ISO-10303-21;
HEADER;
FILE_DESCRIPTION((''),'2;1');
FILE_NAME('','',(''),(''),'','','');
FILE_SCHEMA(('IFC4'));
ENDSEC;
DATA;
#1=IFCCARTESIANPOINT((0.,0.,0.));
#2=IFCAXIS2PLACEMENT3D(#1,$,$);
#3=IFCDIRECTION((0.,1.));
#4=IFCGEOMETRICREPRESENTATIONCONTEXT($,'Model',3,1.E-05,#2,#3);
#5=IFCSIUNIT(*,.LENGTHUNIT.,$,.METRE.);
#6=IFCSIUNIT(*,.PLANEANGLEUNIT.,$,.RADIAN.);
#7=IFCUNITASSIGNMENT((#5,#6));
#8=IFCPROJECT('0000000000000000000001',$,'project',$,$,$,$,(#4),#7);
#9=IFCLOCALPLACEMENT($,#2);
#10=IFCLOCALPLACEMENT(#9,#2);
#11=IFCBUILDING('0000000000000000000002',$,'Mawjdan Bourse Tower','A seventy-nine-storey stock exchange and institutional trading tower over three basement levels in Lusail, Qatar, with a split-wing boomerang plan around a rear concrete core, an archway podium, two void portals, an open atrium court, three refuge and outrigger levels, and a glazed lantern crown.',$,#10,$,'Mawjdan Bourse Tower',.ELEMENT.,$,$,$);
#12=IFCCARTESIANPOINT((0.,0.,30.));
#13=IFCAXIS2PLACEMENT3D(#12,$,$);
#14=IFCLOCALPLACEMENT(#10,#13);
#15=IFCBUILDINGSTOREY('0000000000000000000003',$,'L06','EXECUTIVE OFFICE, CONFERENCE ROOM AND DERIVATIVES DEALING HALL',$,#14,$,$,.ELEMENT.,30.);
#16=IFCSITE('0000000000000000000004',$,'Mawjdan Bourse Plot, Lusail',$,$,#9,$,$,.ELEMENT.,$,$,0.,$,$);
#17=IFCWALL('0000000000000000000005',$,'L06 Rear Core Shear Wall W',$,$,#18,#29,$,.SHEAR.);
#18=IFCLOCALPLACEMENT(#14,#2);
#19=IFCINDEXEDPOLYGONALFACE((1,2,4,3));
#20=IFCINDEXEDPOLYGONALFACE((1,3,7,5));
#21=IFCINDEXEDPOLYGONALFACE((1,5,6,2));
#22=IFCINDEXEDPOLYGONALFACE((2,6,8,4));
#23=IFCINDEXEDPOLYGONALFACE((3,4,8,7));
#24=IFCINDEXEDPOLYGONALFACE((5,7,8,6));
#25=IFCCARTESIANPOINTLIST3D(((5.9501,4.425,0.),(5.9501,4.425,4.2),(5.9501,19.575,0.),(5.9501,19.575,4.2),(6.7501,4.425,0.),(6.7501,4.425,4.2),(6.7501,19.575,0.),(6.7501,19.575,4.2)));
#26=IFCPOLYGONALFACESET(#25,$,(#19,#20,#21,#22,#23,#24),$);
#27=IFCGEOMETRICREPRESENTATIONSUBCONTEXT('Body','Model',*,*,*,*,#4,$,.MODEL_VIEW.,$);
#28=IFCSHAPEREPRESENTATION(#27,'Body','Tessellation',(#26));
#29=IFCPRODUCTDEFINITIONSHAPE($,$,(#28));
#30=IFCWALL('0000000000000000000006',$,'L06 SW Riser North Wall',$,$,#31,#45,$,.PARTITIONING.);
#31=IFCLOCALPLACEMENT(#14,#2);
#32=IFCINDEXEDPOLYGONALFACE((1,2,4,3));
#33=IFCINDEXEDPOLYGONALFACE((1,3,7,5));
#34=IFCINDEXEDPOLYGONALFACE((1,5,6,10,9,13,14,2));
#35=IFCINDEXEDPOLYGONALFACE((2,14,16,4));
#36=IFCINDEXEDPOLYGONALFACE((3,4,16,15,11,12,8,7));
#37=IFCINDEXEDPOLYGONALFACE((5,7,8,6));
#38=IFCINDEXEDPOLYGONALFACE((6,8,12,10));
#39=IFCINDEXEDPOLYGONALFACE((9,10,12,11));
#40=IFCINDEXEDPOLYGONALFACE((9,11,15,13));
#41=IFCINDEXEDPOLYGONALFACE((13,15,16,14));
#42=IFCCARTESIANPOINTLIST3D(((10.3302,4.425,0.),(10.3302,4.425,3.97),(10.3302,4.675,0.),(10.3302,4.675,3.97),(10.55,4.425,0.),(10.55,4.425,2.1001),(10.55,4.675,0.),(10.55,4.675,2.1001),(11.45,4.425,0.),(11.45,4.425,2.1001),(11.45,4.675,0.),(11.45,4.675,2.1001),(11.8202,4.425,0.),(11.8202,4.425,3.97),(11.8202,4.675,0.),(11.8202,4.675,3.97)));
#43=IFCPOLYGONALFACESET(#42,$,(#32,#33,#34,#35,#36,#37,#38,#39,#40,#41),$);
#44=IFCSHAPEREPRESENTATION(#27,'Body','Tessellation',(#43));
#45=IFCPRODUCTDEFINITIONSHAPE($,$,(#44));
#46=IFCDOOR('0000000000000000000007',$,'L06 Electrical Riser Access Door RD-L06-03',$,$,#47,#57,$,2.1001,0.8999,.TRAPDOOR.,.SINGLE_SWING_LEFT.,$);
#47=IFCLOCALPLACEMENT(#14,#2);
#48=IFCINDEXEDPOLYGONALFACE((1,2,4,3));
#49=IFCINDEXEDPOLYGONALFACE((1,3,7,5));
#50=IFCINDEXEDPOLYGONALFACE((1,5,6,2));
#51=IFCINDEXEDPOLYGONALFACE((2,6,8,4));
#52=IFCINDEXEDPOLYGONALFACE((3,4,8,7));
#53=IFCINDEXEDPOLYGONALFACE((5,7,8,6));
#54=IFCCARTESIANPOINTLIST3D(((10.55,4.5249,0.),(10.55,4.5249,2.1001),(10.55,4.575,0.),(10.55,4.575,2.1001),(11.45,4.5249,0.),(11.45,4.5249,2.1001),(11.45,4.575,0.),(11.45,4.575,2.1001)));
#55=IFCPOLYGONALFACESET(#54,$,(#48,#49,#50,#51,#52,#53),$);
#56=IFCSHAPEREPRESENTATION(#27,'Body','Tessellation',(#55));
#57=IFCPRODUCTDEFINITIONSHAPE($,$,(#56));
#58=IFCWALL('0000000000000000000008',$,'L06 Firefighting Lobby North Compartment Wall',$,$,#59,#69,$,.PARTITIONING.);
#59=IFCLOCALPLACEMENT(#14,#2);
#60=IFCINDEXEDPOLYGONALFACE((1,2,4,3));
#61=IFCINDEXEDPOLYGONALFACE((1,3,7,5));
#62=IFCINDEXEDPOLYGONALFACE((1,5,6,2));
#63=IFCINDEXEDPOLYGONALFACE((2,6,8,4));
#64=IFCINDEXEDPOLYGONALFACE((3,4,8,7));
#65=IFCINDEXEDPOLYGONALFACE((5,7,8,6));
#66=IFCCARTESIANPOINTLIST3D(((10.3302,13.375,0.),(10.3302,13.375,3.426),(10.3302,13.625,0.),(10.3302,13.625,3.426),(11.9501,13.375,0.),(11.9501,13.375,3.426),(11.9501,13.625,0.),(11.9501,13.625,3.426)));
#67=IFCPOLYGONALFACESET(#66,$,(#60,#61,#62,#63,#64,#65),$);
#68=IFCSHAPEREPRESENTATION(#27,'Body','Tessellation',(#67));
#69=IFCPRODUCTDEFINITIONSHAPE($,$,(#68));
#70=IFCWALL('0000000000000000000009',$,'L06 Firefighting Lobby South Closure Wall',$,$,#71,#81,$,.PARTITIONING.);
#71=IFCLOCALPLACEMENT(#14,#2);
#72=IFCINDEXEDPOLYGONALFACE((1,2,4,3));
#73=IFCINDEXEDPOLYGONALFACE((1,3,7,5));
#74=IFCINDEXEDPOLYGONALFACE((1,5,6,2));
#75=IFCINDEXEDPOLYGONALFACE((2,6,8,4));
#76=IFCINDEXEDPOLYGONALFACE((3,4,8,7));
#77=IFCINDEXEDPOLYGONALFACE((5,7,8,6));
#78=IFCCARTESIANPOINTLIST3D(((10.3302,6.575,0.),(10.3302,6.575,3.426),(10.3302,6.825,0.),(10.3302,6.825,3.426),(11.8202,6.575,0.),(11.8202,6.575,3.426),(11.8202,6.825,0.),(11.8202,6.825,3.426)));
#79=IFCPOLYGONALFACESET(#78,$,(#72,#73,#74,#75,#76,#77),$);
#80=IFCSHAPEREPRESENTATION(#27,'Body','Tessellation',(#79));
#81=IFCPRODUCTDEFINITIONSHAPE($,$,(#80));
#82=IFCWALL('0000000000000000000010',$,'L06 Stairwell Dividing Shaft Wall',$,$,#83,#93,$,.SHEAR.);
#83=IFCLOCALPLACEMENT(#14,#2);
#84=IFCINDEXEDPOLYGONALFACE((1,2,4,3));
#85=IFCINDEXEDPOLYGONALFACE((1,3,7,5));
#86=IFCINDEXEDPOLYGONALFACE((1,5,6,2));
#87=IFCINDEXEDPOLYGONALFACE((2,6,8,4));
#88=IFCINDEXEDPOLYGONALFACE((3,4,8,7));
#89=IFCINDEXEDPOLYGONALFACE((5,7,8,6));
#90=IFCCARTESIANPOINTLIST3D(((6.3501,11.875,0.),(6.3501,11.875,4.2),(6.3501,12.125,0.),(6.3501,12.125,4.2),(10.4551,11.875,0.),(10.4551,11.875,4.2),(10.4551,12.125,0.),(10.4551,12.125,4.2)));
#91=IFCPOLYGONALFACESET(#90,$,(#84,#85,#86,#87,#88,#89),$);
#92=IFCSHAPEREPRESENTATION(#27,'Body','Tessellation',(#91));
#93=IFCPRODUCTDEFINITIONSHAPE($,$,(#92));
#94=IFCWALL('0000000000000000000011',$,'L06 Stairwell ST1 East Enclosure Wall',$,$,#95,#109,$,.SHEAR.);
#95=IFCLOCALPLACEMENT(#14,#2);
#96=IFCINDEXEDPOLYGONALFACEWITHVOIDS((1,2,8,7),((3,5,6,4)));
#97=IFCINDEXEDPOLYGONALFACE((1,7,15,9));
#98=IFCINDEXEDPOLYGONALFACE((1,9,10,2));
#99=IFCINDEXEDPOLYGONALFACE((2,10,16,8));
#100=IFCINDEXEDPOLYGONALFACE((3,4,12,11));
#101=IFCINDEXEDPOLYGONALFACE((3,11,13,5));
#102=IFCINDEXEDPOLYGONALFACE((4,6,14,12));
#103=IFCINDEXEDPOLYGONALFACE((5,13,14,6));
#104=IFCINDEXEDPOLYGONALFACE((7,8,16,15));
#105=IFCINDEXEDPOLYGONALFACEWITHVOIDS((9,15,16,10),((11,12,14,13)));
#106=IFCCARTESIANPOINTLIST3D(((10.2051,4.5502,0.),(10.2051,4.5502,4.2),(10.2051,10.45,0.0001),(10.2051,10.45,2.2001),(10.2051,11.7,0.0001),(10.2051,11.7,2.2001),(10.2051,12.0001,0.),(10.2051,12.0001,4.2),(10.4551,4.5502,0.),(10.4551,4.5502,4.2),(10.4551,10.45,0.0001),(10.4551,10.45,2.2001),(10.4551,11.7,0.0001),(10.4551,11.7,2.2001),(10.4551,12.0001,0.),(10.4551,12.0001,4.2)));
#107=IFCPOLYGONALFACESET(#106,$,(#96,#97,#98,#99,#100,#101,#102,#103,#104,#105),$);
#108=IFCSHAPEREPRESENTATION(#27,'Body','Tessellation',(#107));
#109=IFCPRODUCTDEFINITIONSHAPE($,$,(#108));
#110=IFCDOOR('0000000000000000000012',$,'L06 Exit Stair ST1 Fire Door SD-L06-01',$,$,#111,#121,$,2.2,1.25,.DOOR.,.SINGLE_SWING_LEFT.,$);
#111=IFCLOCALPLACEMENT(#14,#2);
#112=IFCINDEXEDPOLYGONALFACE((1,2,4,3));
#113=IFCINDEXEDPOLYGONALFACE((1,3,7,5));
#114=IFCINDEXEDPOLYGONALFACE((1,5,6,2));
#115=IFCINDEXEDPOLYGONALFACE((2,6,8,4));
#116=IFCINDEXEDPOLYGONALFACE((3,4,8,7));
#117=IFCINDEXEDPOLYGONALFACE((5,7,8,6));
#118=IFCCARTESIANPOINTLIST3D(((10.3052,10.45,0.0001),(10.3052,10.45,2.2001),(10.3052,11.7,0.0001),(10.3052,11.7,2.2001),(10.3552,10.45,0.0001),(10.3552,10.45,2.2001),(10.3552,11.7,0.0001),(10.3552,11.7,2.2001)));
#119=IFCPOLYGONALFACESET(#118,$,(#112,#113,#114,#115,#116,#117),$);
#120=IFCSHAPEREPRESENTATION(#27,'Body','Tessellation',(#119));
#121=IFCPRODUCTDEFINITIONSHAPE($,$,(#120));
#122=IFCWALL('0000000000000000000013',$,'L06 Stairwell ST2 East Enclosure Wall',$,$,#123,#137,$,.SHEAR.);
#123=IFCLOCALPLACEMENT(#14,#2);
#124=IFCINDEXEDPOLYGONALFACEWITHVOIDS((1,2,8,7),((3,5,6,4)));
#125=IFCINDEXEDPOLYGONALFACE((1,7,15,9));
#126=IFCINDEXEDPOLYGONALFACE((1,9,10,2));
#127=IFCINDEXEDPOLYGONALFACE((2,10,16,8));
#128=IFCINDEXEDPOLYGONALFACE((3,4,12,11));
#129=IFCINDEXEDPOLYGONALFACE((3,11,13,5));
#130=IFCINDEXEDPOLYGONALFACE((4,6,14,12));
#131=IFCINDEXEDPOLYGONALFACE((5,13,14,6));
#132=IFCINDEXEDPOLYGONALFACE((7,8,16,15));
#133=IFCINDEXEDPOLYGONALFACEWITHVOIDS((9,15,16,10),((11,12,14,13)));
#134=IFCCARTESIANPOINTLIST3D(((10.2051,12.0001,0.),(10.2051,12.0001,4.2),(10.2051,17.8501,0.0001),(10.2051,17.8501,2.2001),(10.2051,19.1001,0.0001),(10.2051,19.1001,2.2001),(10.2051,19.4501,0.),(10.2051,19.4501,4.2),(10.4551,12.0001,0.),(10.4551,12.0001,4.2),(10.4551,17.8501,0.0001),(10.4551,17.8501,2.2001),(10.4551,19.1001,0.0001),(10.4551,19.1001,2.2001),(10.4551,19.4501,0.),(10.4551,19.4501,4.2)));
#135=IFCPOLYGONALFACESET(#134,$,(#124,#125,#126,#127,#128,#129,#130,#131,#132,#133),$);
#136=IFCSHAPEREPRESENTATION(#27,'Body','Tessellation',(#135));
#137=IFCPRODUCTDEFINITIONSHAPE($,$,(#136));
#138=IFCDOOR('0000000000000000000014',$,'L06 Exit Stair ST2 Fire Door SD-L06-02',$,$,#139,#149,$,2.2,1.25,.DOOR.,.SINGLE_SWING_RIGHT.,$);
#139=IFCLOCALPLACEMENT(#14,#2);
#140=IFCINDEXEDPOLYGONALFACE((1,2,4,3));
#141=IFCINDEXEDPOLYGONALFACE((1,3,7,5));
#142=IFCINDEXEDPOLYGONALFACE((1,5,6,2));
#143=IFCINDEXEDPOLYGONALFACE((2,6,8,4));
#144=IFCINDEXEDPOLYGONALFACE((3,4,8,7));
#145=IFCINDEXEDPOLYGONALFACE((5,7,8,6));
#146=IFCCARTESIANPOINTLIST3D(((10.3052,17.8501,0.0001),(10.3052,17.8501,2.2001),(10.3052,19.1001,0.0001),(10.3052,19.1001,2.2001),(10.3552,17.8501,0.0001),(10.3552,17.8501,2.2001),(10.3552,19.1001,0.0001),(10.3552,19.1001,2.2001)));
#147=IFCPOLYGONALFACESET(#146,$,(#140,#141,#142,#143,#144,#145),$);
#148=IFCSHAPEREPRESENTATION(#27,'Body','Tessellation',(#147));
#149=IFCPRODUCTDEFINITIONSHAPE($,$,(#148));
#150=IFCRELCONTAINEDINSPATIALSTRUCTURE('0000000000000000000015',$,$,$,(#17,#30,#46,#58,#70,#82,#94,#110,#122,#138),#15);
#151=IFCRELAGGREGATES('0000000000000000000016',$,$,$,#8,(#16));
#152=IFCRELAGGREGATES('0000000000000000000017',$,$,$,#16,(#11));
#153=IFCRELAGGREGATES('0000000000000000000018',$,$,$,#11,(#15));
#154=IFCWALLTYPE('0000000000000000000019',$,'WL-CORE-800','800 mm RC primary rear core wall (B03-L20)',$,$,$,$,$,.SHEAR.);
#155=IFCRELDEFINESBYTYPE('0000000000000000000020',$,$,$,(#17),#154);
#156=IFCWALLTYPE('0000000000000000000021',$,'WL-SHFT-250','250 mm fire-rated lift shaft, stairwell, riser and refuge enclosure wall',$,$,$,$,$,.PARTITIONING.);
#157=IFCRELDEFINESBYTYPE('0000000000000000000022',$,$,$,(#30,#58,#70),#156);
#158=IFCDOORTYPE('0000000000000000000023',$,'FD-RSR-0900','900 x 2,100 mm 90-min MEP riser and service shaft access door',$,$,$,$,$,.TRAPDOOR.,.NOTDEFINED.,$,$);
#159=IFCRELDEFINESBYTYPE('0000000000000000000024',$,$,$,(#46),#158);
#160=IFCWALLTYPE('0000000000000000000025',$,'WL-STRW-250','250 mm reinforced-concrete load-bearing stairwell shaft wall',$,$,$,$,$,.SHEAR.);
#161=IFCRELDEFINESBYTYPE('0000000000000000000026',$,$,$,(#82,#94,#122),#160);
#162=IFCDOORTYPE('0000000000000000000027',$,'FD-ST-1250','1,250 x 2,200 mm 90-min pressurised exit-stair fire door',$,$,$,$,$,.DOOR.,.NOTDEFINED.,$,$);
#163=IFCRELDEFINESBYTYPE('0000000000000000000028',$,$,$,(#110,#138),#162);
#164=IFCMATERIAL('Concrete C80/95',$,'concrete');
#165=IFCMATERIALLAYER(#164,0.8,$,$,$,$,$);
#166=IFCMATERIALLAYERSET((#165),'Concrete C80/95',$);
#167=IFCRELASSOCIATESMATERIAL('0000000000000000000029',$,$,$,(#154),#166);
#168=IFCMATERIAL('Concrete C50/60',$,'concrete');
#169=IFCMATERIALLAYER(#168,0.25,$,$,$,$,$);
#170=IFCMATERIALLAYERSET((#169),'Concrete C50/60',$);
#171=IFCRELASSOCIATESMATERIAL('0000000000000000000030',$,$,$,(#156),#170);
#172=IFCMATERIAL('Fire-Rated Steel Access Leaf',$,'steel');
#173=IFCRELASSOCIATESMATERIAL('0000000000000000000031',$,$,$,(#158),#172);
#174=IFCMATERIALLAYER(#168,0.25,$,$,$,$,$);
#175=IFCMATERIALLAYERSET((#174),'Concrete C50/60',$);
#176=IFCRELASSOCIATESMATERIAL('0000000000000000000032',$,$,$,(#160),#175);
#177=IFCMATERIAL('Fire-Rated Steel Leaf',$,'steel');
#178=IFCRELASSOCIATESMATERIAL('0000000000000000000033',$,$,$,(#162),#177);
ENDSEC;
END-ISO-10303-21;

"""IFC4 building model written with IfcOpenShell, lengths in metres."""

from ifc_helpers import new_model, si_unit, direction, frame, frame_2d, origin, place, context, subcontext, project, spatial, rectangle, extrude, material, layer, layer_set, type_object, element, fill, save


model = new_model("IFC4")

# Units and contexts
model_context = context("Model", 3, precision=1e-05, world=origin(), true_north=direction((0.0, 1.0)))
body_context = subcontext(model_context, "Body", "Model", "MODEL_VIEW")
ifc_project = project(units=[si_unit("LENGTHUNIT", "METRE"), si_unit("PLANEANGLEUNIT", "RADIAN")], contexts=[model_context])

# Site, building, storey
site_placement = place(None, origin())
site = spatial("IfcSite", under=ifc_project, at=site_placement, Name="Mawjdan Bourse Plot, Lusail", CompositionType="ELEMENT", RefElevation=0.0)
building_placement = place(site_placement, origin())
building = spatial("IfcBuilding", under=site, at=building_placement, Name="Mawjdan Bourse Tower", Description="A seventy-nine-storey stock exchange and institutional trading tower over three basement levels in Lusail, Qatar, with a split-wing boomerang plan around a rear concrete core, an archway podium, two void portals, an open atrium court, three refuge and outrigger levels, and a glazed lantern crown.", LongName="Mawjdan Bourse Tower", CompositionType="ELEMENT")
storey_placement = place(building_placement, frame((0.0, 0.0, 30.0)))
storey = spatial("IfcBuildingStorey", under=building, at=storey_placement, Name="L06", Description="EXECUTIVE OFFICE, CONFERENCE ROOM AND DERIVATIVES DEALING HALL", CompositionType="ELEMENT", Elevation=30.0)

# Shared definitions
ifc_material_1 = material(Name="Concrete C50/60", Category="concrete")

# Wall
ifc_material_2 = material(Name="Concrete C80/95", Category="concrete")
ifc_layer_1 = layer(ifc_material_2, 0.8)
ifc_layer_set_1 = layer_set([ifc_layer_1], Name="Concrete C80/95")
wall_type_1 = type_object("IfcWallType", Name="WL-CORE-800", Description="800 mm RC primary rear core wall (B03-L20)", PredefinedType="SHEAR", material=ifc_layer_set_1)
wall_1_placement = place(storey_placement, frame((6.3501, 4.425, 0.0), z_axis=(0.0, 0.0, 1.0), x_axis=(0.0, 1.0, 0.0)))
element("IfcWall", 1, at=wall_1_placement, inside=storey, type_object=wall_type_1, Name="L06 Rear Core Shear Wall W", PredefinedType="SHEAR", context=body_context, shape_type="SweptSolid", body=[
    extrude(rectangle(XDim=15.1499, YDim=0.8, at=frame_2d((7.575, 0.0))), origin(), (0.0, 0.0, 1.0), 4.2),
])

# Wall, opening, door
ifc_layer_2 = layer(ifc_material_1, 0.25)
ifc_layer_set_2 = layer_set([ifc_layer_2], Name="Concrete C50/60")
wall_type_2 = type_object("IfcWallType", Name="WL-SHFT-250", Description="250 mm fire-rated lift shaft, stairwell, riser and refuge enclosure wall", PredefinedType="PARTITIONING", material=ifc_layer_set_2)
wall_2_placement = place(storey_placement, frame((10.3301, 4.55, 0.0), z_axis=(0.0, 0.0, 1.0), x_axis=(1.0, 0.0, 0.0)))
wall_2 = element("IfcWall", 2, at=wall_2_placement, inside=storey, type_object=wall_type_2, Name="L06 SW Riser North Wall", PredefinedType="PARTITIONING", context=body_context, shape_type="SweptSolid", body=[
    extrude(rectangle(XDim=1.49, YDim=0.25, at=frame_2d((0.7451, 0.0))), origin(), (0.0, 0.0, 1.0), 3.97),
])
opening_1_placement = place(wall_2_placement, frame((0.22, 0.0, 0.0)))
opening_1 = element("IfcOpeningElement", 3, at=opening_1_placement, cuts=wall_2, PredefinedType="OPENING", context=body_context, shape_type="SweptSolid", body=[
    extrude(rectangle(XDim=0.8999, YDim=2.1001, at=frame_2d((0.45, 1.05))), frame((0.0, 0.135, 0.0), z_axis=(0.0, -1.0, 0.0), x_axis=(1.0, 0.0, 0.0)), (0.0, 0.0, 1.0), 0.27),
])
ifc_material_3 = material(Name="Fire-Rated Steel Access Leaf", Category="steel")
door_type_1 = type_object("IfcDoorType", Name="FD-RSR-0900", Description="900 x 2,100 mm 90-min MEP riser and service shaft access door", OperationType="NOTDEFINED", PredefinedType="TRAPDOOR", material=ifc_material_3)
door_1_placement = place(opening_1_placement, origin())
door_1 = element("IfcDoor", 4, at=door_1_placement, inside=storey, type_object=door_type_1, Name="L06 Electrical Riser Access Door RD-L06-03", OperationType="SINGLE_SWING_LEFT", OverallHeight=2.1001, OverallWidth=0.8999, PredefinedType="TRAPDOOR", context=body_context, shape_type="SweptSolid", body=[
    extrude(rectangle(XDim=0.8999, YDim=2.1001, at=frame_2d((0.45, 1.05))), frame((0.0, 0.0249, 0.0), z_axis=(0.0, -1.0, 0.0), x_axis=(1.0, 0.0, 0.0)), (0.0, 0.0, 1.0), 0.05),
])
fill(opening_1, door_1)

# Walls
wall_3_placement = place(storey_placement, frame((10.3301, 13.5, 0.0), z_axis=(0.0, 0.0, 1.0), x_axis=(1.0, 0.0, 0.0)))
element("IfcWall", 5, at=wall_3_placement, inside=storey, type_object=wall_type_2, Name="L06 Firefighting Lobby North Compartment Wall", PredefinedType="PARTITIONING", context=body_context, shape_type="SweptSolid", body=[
    extrude(rectangle(XDim=1.6199, YDim=0.25, at=frame_2d((0.8101, 0.0))), origin(), (0.0, 0.0, 1.0), 3.426),
])
wall_4_placement = place(storey_placement, frame((10.3301, 6.7, 0.0), z_axis=(0.0, 0.0, 1.0), x_axis=(1.0, 0.0, 0.0)))
element("IfcWall", 6, at=wall_4_placement, inside=storey, type_object=wall_type_2, Name="L06 Firefighting Lobby South Closure Wall", PredefinedType="PARTITIONING", context=body_context, shape_type="SweptSolid", body=[
    extrude(rectangle(XDim=1.49, YDim=0.25, at=frame_2d((0.7451, 0.0))), origin(), (0.0, 0.0, 1.0), 3.426),
])
ifc_layer_3 = layer(ifc_material_1, 0.25)
ifc_layer_set_3 = layer_set([ifc_layer_3], Name="Concrete C50/60")
wall_type_3 = type_object("IfcWallType", Name="WL-STRW-250", Description="250 mm reinforced-concrete load-bearing stairwell shaft wall", PredefinedType="SHEAR", material=ifc_layer_set_3)
wall_5_placement = place(storey_placement, frame((6.3501, 12.0, 0.0), z_axis=(0.0, 0.0, 1.0), x_axis=(1.0, 0.0, 0.0)))
element("IfcWall", 7, at=wall_5_placement, inside=storey, type_object=wall_type_3, Name="L06 Stairwell Dividing Shaft Wall", PredefinedType="SHEAR", context=body_context, shape_type="SweptSolid", body=[
    extrude(rectangle(XDim=4.105, YDim=0.25, at=frame_2d((2.0525, 0.0))), origin(), (0.0, 0.0, 1.0), 4.2),
])

# Walls, openings, doors
wall_6_placement = place(storey_placement, frame((10.3301, 4.55, 0.0), z_axis=(0.0, 0.0, 1.0), x_axis=(0.0, 1.0, 0.0)))
wall_6 = element("IfcWall", 8, at=wall_6_placement, inside=storey, type_object=wall_type_3, Name="L06 Stairwell ST1 East Enclosure Wall", PredefinedType="SHEAR", context=body_context, shape_type="SweptSolid", body=[
    extrude(rectangle(XDim=7.45, YDim=0.25, at=frame_2d((3.7251, 0.0))), origin(), (0.0, 0.0, 1.0), 4.2),
])
opening_2_placement = place(wall_6_placement, frame((5.8999, 0.0, 0.0)))
opening_2 = element("IfcOpeningElement", 9, at=opening_2_placement, cuts=wall_6, PredefinedType="OPENING", context=body_context, shape_type="SweptSolid", body=[
    extrude(rectangle(XDim=1.25, YDim=2.2, at=frame_2d((0.625, 1.1001))), frame((0.0, 0.135, 0.0), z_axis=(0.0, -1.0, 0.0), x_axis=(1.0, 0.0, 0.0)), (0.0, 0.0, 1.0), 0.27),
])
ifc_material_4 = material(Name="Fire-Rated Steel Leaf", Category="steel")
door_type_2 = type_object("IfcDoorType", Name="FD-ST-1250", Description="1,250 x 2,200 mm 90-min pressurised exit-stair fire door", OperationType="NOTDEFINED", PredefinedType="DOOR", material=ifc_material_4)
door_2_placement = place(opening_2_placement, origin())
door_2 = element("IfcDoor", 10, at=door_2_placement, inside=storey, type_object=door_type_2, Name="L06 Exit Stair ST1 Fire Door SD-L06-01", OperationType="SINGLE_SWING_LEFT", OverallHeight=2.2, OverallWidth=1.25, PredefinedType="DOOR", context=body_context, shape_type="SweptSolid", body=[
    extrude(rectangle(XDim=1.25, YDim=2.2, at=frame_2d((0.625, 1.1001))), frame((0.0, 0.0249, 0.0), z_axis=(0.0, -1.0, 0.0), x_axis=(1.0, 0.0, 0.0)), (0.0, 0.0, 1.0), 0.05),
])
fill(opening_2, door_2)
wall_7_placement = place(storey_placement, frame((10.3301, 12.0, 0.0), z_axis=(0.0, 0.0, 1.0), x_axis=(0.0, 1.0, 0.0)))
wall_7 = element("IfcWall", 11, at=wall_7_placement, inside=storey, type_object=wall_type_3, Name="L06 Stairwell ST2 East Enclosure Wall", PredefinedType="SHEAR", context=body_context, shape_type="SweptSolid", body=[
    extrude(rectangle(XDim=7.45, YDim=0.25, at=frame_2d((3.7251, 0.0))), origin(), (0.0, 0.0, 1.0), 4.2),
])
opening_3_placement = place(wall_7_placement, frame((5.8501, 0.0, 0.0)))
opening_3 = element("IfcOpeningElement", 12, at=opening_3_placement, cuts=wall_7, PredefinedType="OPENING", context=body_context, shape_type="SweptSolid", body=[
    extrude(rectangle(XDim=1.25, YDim=2.2, at=frame_2d((0.625, 1.1001))), frame((0.0, 0.135, 0.0), z_axis=(0.0, -1.0, 0.0), x_axis=(1.0, 0.0, 0.0)), (0.0, 0.0, 1.0), 0.27),
])
door_3_placement = place(opening_3_placement, origin())
door_3 = element("IfcDoor", 13, at=door_3_placement, inside=storey, type_object=door_type_2, Name="L06 Exit Stair ST2 Fire Door SD-L06-02", OperationType="SINGLE_SWING_RIGHT", OverallHeight=2.2, OverallWidth=1.25, PredefinedType="DOOR", context=body_context, shape_type="SweptSolid", body=[
    extrude(rectangle(XDim=1.25, YDim=2.2, at=frame_2d((0.625, 1.1001))), frame((0.0, 0.0249, 0.0), z_axis=(0.0, -1.0, 0.0), x_axis=(1.0, 0.0, 0.0)), (0.0, 0.0, 1.0), 0.05),
])
fill(opening_3, door_3)

save(model, "model.ifc")
